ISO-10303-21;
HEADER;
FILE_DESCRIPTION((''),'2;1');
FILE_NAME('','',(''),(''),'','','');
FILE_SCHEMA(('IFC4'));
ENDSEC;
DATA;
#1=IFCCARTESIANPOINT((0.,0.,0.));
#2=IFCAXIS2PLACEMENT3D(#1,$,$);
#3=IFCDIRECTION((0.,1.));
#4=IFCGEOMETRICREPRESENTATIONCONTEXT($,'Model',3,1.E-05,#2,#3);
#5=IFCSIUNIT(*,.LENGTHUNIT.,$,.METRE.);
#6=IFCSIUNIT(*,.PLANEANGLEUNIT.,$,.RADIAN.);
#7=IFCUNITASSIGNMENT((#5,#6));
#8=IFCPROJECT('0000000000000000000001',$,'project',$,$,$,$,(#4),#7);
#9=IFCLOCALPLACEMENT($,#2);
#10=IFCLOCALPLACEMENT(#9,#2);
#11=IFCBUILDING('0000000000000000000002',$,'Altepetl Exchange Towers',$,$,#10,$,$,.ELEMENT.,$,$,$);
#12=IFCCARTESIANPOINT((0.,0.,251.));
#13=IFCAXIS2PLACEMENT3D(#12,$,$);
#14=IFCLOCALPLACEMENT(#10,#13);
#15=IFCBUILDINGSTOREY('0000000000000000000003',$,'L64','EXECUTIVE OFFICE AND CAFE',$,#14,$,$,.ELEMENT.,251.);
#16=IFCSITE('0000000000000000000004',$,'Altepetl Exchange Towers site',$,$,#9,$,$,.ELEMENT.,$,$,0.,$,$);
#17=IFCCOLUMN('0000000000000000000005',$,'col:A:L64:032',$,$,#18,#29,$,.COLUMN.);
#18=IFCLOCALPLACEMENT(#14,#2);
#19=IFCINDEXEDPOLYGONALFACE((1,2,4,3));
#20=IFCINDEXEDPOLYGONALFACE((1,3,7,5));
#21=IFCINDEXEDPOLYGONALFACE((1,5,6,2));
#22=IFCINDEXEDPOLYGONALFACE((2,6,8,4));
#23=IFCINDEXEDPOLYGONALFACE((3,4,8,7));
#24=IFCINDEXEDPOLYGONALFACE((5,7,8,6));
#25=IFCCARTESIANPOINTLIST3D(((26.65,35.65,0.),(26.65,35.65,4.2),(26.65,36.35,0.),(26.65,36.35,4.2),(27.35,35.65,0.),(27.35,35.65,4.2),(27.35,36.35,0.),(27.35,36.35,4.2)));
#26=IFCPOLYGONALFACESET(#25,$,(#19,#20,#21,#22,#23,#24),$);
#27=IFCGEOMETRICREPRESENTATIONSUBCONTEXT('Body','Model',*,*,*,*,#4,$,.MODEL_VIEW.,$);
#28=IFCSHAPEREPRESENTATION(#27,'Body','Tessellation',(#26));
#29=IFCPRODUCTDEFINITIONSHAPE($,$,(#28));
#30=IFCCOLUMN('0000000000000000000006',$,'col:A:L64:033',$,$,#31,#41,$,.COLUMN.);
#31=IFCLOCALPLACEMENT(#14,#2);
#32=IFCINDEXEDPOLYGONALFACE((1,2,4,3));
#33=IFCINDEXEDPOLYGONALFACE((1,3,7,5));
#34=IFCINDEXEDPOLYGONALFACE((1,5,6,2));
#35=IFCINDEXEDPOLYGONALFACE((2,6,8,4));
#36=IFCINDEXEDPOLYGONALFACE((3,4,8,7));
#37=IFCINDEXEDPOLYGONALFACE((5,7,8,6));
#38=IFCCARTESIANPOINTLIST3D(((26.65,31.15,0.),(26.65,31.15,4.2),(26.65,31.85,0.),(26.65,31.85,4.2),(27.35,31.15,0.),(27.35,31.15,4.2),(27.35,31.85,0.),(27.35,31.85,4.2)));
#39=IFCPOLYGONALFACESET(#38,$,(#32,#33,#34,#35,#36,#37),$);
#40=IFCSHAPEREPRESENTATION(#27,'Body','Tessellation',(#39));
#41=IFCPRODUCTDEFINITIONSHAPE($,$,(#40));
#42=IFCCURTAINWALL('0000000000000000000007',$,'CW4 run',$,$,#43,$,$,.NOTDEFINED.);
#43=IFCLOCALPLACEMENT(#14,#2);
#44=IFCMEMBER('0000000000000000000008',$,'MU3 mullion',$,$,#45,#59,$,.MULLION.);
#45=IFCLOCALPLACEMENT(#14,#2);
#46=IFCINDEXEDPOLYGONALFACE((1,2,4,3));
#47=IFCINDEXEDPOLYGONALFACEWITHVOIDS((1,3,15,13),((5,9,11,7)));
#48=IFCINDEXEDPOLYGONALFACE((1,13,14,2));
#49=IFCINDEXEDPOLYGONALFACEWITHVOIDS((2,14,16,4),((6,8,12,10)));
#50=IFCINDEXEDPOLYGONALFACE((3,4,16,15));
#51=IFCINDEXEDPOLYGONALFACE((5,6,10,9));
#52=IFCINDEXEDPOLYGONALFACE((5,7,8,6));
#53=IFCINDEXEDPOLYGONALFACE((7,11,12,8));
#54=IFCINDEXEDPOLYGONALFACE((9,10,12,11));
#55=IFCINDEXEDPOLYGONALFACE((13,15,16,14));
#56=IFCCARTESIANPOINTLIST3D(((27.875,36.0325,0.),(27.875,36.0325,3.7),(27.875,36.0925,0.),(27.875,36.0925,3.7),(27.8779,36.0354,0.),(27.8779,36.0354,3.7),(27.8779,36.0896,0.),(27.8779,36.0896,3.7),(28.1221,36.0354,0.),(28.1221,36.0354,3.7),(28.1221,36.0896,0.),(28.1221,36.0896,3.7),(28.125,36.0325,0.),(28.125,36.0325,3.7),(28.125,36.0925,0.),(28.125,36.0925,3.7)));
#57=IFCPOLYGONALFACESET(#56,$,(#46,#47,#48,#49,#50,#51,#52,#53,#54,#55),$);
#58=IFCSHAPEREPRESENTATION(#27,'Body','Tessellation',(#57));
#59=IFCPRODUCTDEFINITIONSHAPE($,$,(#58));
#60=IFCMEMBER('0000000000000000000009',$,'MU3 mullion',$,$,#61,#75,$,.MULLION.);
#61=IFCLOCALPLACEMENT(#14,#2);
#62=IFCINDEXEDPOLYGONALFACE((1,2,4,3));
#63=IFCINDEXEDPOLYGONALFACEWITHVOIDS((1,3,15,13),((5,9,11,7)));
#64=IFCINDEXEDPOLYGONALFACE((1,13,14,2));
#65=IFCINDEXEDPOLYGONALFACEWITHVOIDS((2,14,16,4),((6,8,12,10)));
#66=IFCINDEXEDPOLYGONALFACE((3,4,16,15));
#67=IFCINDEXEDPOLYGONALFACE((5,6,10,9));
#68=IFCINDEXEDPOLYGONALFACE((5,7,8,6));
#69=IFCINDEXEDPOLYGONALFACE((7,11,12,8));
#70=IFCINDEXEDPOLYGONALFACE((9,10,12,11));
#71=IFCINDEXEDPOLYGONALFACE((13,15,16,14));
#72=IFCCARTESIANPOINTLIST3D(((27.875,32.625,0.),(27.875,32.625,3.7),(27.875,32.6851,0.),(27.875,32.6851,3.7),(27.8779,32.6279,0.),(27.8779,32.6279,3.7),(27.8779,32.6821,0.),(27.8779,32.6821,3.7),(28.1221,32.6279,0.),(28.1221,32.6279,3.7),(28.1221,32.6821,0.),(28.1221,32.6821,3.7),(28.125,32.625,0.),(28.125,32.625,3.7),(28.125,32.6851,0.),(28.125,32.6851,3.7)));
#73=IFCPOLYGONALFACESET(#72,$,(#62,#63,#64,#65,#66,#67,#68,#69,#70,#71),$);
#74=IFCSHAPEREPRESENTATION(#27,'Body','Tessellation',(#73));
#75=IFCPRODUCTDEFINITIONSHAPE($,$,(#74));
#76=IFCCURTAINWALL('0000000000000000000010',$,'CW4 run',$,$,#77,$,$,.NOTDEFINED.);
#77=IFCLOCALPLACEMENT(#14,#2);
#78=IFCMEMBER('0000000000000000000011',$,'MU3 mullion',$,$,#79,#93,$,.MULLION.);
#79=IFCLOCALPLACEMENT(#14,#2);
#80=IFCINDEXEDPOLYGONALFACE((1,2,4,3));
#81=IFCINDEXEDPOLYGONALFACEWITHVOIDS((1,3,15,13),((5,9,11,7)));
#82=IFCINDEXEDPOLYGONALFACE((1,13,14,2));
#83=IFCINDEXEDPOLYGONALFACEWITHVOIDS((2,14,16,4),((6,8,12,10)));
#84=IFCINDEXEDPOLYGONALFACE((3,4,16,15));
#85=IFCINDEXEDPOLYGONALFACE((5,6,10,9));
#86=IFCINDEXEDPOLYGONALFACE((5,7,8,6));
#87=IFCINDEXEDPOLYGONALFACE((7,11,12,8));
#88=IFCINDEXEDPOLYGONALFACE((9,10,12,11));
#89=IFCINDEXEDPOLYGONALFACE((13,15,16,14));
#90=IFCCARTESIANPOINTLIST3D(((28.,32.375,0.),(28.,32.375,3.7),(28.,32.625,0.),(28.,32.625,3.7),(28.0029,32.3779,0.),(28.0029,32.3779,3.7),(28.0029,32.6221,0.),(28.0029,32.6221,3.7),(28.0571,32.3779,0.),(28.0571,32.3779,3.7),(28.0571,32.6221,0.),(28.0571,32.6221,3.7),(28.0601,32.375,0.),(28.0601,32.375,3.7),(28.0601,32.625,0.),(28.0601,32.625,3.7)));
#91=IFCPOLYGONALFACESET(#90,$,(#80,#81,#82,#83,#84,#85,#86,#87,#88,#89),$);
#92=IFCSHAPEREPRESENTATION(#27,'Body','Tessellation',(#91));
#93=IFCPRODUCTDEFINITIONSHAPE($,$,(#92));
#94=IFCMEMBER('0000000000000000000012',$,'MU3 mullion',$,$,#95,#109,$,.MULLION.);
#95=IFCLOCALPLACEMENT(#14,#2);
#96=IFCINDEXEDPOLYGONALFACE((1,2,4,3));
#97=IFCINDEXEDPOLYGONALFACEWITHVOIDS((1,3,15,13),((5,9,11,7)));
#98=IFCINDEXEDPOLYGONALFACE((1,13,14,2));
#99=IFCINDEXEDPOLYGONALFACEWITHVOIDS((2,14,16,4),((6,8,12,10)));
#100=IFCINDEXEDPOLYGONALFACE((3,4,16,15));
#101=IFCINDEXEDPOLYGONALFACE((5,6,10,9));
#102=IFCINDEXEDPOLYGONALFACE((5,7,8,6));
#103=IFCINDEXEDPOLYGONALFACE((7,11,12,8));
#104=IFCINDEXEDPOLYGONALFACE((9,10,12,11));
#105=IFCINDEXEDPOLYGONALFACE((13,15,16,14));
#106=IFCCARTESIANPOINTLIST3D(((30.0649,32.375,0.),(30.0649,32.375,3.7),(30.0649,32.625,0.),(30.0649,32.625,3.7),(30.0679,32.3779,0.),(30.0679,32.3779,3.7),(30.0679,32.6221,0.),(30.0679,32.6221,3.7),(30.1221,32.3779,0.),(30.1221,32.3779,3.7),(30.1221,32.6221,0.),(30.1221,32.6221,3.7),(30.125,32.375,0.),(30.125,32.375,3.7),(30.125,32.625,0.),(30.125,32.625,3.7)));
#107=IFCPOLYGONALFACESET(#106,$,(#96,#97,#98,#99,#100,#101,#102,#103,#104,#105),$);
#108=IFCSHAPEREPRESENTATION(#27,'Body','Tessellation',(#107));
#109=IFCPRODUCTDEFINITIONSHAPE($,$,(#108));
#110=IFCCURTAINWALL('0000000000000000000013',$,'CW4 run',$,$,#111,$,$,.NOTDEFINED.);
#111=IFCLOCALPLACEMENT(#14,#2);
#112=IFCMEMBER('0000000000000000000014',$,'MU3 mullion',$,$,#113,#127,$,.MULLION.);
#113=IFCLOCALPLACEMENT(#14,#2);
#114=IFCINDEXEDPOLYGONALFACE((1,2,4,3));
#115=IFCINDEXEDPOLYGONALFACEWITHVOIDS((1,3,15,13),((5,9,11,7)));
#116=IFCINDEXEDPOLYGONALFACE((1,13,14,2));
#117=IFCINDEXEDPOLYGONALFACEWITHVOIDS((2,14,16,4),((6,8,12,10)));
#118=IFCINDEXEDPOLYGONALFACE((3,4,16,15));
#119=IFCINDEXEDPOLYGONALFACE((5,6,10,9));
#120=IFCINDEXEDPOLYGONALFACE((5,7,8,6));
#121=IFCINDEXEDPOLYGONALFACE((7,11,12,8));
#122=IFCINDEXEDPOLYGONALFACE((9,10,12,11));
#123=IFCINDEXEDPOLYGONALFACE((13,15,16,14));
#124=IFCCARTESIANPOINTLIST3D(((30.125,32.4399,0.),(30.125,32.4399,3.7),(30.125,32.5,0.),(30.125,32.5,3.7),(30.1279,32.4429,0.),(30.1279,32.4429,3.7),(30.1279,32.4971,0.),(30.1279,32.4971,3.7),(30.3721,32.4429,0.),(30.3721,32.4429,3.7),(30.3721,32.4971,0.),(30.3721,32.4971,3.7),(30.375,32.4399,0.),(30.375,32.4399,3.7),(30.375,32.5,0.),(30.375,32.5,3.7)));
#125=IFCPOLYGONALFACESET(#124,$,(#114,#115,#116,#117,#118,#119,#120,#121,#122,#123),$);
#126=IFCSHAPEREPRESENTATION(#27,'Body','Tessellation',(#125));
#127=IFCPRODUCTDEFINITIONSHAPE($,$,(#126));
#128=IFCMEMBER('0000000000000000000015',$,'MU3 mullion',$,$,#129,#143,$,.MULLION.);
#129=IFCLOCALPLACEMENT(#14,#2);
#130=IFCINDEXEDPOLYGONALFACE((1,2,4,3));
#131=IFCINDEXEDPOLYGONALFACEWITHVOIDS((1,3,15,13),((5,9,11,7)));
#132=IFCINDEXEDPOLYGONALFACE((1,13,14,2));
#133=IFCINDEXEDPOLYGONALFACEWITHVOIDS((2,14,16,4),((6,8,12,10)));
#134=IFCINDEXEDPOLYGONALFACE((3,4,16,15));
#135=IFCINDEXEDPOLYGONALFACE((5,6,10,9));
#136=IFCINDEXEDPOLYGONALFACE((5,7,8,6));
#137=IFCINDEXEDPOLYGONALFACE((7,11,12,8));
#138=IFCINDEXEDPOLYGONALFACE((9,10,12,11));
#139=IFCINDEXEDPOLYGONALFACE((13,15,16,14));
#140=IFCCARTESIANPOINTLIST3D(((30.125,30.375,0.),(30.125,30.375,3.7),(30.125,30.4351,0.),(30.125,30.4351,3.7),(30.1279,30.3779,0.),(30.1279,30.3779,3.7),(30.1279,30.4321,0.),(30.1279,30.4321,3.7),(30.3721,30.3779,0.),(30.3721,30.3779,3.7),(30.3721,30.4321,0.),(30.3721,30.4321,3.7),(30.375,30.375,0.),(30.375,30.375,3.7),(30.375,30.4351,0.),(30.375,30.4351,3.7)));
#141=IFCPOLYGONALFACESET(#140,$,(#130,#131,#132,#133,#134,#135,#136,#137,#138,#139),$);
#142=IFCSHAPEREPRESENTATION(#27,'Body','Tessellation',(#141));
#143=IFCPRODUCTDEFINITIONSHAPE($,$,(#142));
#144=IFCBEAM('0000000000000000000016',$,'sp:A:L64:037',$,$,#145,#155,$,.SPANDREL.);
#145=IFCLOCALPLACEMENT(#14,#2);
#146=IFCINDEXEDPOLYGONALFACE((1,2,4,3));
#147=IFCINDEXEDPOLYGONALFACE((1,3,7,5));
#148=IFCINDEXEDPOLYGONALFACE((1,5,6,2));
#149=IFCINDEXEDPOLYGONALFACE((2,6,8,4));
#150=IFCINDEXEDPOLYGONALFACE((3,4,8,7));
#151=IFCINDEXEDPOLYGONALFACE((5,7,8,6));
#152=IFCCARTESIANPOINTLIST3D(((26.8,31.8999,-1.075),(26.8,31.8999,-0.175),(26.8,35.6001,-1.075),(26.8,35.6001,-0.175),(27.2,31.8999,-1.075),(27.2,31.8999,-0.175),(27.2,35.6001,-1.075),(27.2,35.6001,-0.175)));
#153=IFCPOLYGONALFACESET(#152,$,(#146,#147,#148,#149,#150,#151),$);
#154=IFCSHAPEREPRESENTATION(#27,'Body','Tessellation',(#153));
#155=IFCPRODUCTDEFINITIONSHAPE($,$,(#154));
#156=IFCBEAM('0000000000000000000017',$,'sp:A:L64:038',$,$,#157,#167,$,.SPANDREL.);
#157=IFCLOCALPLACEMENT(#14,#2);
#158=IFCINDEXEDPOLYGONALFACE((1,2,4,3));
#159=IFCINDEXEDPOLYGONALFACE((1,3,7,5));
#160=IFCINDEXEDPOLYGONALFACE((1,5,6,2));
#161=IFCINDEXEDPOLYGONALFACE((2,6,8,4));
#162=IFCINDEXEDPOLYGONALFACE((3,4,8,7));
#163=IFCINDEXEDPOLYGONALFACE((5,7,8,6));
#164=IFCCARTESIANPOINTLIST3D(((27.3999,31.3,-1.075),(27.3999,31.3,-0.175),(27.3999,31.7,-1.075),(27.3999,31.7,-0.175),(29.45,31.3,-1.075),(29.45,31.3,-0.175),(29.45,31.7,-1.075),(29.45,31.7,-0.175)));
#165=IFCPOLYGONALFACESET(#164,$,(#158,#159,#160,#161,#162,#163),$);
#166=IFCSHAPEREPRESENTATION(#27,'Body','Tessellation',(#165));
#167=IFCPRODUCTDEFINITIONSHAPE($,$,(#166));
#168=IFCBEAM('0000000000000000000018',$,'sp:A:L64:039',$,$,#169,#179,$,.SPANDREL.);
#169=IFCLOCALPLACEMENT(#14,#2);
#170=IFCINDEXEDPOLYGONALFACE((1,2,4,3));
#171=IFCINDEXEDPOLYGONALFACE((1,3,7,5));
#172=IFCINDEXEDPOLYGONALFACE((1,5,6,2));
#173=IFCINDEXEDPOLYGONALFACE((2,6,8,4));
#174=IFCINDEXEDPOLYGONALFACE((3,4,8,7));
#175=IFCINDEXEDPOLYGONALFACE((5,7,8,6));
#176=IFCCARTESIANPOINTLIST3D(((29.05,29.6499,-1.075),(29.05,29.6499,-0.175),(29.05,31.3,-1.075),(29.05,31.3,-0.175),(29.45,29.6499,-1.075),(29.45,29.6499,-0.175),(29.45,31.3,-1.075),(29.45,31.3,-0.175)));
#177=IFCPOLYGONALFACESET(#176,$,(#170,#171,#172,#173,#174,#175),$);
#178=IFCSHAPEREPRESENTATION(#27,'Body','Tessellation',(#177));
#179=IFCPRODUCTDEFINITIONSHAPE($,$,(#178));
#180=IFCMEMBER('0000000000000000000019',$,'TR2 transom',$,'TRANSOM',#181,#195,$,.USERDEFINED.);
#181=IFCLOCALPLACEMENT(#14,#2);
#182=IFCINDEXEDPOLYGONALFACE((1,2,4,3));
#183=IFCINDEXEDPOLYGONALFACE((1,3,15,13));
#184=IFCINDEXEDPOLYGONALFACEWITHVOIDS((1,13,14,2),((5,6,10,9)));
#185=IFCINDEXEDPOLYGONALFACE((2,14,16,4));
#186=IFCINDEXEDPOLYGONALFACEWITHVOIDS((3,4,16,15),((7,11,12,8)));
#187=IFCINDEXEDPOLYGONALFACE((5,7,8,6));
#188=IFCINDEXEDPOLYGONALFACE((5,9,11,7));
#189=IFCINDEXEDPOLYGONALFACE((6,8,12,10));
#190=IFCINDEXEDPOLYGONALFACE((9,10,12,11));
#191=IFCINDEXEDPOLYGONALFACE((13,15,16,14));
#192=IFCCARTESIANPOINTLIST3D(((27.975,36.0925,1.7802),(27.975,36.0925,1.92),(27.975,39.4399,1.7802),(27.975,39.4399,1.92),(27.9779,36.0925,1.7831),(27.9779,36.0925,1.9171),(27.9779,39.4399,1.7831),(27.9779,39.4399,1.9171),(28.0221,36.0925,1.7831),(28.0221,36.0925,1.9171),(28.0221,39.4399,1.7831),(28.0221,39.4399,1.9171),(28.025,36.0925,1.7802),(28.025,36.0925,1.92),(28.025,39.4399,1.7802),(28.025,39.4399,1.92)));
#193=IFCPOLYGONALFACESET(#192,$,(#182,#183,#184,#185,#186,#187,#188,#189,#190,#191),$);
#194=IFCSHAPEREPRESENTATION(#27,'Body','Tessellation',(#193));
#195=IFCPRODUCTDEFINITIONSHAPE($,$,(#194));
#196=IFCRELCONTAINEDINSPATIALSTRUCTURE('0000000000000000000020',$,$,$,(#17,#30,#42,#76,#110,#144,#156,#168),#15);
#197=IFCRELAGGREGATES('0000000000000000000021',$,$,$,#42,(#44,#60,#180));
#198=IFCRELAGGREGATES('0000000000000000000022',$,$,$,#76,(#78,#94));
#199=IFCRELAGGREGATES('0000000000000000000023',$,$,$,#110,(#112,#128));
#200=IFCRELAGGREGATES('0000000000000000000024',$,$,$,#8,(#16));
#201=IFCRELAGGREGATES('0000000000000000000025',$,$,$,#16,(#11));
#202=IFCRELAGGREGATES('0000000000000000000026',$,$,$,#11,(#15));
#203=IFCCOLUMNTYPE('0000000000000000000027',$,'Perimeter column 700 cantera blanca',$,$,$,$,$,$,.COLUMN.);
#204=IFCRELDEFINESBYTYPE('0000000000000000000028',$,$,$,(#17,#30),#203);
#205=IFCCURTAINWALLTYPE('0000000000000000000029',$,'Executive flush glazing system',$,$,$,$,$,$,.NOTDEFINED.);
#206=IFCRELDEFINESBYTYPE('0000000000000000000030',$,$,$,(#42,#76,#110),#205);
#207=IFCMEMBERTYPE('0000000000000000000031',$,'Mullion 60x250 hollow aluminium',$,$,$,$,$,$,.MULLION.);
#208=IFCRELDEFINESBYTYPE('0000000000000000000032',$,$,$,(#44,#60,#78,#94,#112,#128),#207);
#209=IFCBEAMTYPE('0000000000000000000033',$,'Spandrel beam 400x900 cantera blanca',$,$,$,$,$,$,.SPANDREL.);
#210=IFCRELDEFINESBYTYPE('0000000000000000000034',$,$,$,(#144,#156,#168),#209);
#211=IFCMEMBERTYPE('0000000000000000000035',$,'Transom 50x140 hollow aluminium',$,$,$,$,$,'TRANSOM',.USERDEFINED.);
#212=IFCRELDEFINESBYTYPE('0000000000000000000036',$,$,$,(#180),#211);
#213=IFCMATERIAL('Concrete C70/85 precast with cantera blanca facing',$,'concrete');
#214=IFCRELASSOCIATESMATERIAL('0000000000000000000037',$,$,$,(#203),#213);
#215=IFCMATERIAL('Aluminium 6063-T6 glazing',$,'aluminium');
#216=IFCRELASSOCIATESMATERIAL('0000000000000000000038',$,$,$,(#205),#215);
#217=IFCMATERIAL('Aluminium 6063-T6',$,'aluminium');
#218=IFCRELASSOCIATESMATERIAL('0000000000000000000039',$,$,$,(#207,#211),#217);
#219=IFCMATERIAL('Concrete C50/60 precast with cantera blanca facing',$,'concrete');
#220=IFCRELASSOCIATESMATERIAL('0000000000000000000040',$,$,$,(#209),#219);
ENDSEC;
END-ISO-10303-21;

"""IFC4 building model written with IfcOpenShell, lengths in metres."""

from ifc_helpers import new_model, si_unit, direction, frame, origin, origin_2d, place, context, subcontext, project, spatial, rectangle, hollow_rectangle, extrude, material, material_profile, profile_set, type_object, element, aggregate, save


model = new_model("IFC4")

# Units and contexts
model_context = context("Model", 3, precision=1e-05, world=origin(), true_north=direction((0.0, 1.0)))
body_context = subcontext(model_context, "Body", "Model", "MODEL_VIEW")
ifc_project = project(units=[si_unit("LENGTHUNIT", "METRE"), si_unit("PLANEANGLEUNIT", "RADIAN")], contexts=[model_context])

# Site, building, storey
site_placement = place(None, origin())
site = spatial("IfcSite", under=ifc_project, at=site_placement, Name="Altepetl Exchange Towers site", CompositionType="ELEMENT", RefElevation=0.0)
building_placement = place(site_placement, origin())
building = spatial("IfcBuilding", under=site, at=building_placement, Name="Altepetl Exchange Towers", CompositionType="ELEMENT")
storey_placement = place(building_placement, frame((0.0, 0.0, 251.0)))
storey = spatial("IfcBuildingStorey", under=building, at=storey_placement, Name="L64", Description="EXECUTIVE OFFICE AND CAFE", CompositionType="ELEMENT", Elevation=251.0)

# Columns
ifc_material_1 = material(Name="Concrete C70/85 precast with cantera blanca facing", Category="concrete")
ifc_material_profile_1 = material_profile(ifc_material_1, rectangle(XDim=0.7, YDim=0.7, at=origin_2d()), Name="700 x 700")
ifc_profile_set_1 = profile_set([ifc_material_profile_1], Name="Concrete C70/85 precast with cantera blanca facing")
column_type = type_object("IfcColumnType", Name="Perimeter column 700 cantera blanca", PredefinedType="COLUMN", material=ifc_profile_set_1)
for number, where, name in (
    (1, (27.0, 36.0, 0.0), "col:A:L64:032"),
    (2, (27.0, 31.5, 0.0), "col:A:L64:033"),
):
    element("IfcColumn", number, at=place(storey_placement, frame(where)), inside=storey, type_object=column_type, Name=name, PredefinedType="COLUMN", context=body_context, shape_type="SweptSolid", body=[
        extrude(rectangle(XDim=0.7, YDim=0.7, at=origin_2d()), origin(), (0.0, 0.0, 1.0), 4.2),
    ])

# Curtain walls, members
ifc_material_2 = material(Name="Aluminium 6063-T6 glazing", Category="aluminium")
curtain_wall_type = type_object("IfcCurtainWallType", Name="Executive flush glazing system", PredefinedType="NOTDEFINED", material=ifc_material_2)
curtain_wall_1_placement = place(storey_placement, origin())
curtain_wall_1 = element("IfcCurtainWall", 3, at=curtain_wall_1_placement, inside=storey, type_object=curtain_wall_type, Name="CW4 run", PredefinedType="NOTDEFINED")
ifc_material_3 = material(Name="Aluminium 6063-T6", Category="aluminium")
ifc_material_profile_2 = material_profile(ifc_material_3, hollow_rectangle(XDim=0.0601, YDim=0.25, WallThickness=0.0029, at=origin_2d()), Name="Mullion 60x250 hollow aluminium")
ifc_profile_set_2 = profile_set([ifc_material_profile_2], Name="Aluminium 6063-T6")
member_type_1 = type_object("IfcMemberType", Name="Mullion 60x250 hollow aluminium", PredefinedType="MULLION", material=ifc_profile_set_2)
member_1_placement = place(storey_placement, frame((28.0, 36.0625, 0.0), z_axis=(0.0, 0.0, 1.0), x_axis=(0.0, -1.0, 0.0)))
member_1 = element("IfcMember", 4, at=member_1_placement, type_object=member_type_1, Name="MU3 mullion", PredefinedType="MULLION", context=body_context, shape_type="SweptSolid", body=[
    extrude(hollow_rectangle(XDim=0.0601, YDim=0.25, WallThickness=0.0029, at=origin_2d()), origin(), (0.0, 0.0, 1.0), 3.7),
])
member_2_placement = place(storey_placement, frame((28.0, 32.655, 0.0), z_axis=(0.0, 0.0, 1.0), x_axis=(0.0, -1.0, 0.0)))
member_2 = element("IfcMember", 5, at=member_2_placement, type_object=member_type_1, Name="MU3 mullion", PredefinedType="MULLION", context=body_context, shape_type="SweptSolid", body=[
    extrude(hollow_rectangle(XDim=0.0601, YDim=0.25, WallThickness=0.0029, at=origin_2d()), origin(), (0.0, 0.0, 1.0), 3.7),
])
curtain_wall_2_placement = place(storey_placement, origin())
curtain_wall_2 = element("IfcCurtainWall", 6, at=curtain_wall_2_placement, inside=storey, type_object=curtain_wall_type, Name="CW4 run", PredefinedType="NOTDEFINED")
member_3_placement = place(storey_placement, frame((28.03, 32.5, 0.0)))
member_3 = element("IfcMember", 7, at=member_3_placement, type_object=member_type_1, Name="MU3 mullion", PredefinedType="MULLION", context=body_context, shape_type="SweptSolid", body=[
    extrude(hollow_rectangle(XDim=0.0601, YDim=0.25, WallThickness=0.0029, at=origin_2d()), origin(), (0.0, 0.0, 1.0), 3.7),
])
member_4_placement = place(storey_placement, frame((30.095, 32.5, 0.0)))
member_4 = element("IfcMember", 8, at=member_4_placement, type_object=member_type_1, Name="MU3 mullion", PredefinedType="MULLION", context=body_context, shape_type="SweptSolid", body=[
    extrude(hollow_rectangle(XDim=0.0601, YDim=0.25, WallThickness=0.0029, at=origin_2d()), origin(), (0.0, 0.0, 1.0), 3.7),
])
curtain_wall_3_placement = place(storey_placement, origin())
curtain_wall_3 = element("IfcCurtainWall", 9, at=curtain_wall_3_placement, inside=storey, type_object=curtain_wall_type, Name="CW4 run", PredefinedType="NOTDEFINED")
member_5_placement = place(storey_placement, frame((30.25, 32.47, 0.0), z_axis=(0.0, 0.0, 1.0), x_axis=(0.0, -1.0, 0.0)))
member_5 = element("IfcMember", 10, at=member_5_placement, type_object=member_type_1, Name="MU3 mullion", PredefinedType="MULLION", context=body_context, shape_type="SweptSolid", body=[
    extrude(hollow_rectangle(XDim=0.0601, YDim=0.25, WallThickness=0.0029, at=origin_2d()), origin(), (0.0, 0.0, 1.0), 3.7),
])
member_6_placement = place(storey_placement, frame((30.25, 30.405, 0.0), z_axis=(0.0, 0.0, 1.0), x_axis=(0.0, -1.0, 0.0)))
member_6 = element("IfcMember", 11, at=member_6_placement, type_object=member_type_1, Name="MU3 mullion", PredefinedType="MULLION", context=body_context, shape_type="SweptSolid", body=[
    extrude(hollow_rectangle(XDim=0.0601, YDim=0.25, WallThickness=0.0029, at=origin_2d()), origin(), (0.0, 0.0, 1.0), 3.7),
])

# Beams
ifc_material_4 = material(Name="Concrete C50/60 precast with cantera blanca facing", Category="concrete")
ifc_material_profile_3 = material_profile(ifc_material_4, rectangle(XDim=0.3999, YDim=0.8999, at=origin_2d()), Name="400 x 900")
ifc_profile_set_3 = profile_set([ifc_material_profile_3], Name="Concrete C50/60 precast with cantera blanca facing")
beam_type = type_object("IfcBeamType", Name="Spandrel beam 400x900 cantera blanca", PredefinedType="SPANDREL", material=ifc_profile_set_3)
beam_1_placement = place(storey_placement, frame((27.0, 35.6001, -0.625), z_axis=(0.0, -1.0, 0.0), x_axis=(1.0, 0.0, 0.0)))
element("IfcBeam", 12, at=beam_1_placement, inside=storey, type_object=beam_type, Name="sp:A:L64:037", PredefinedType="SPANDREL", context=body_context, shape_type="SweptSolid", body=[
    extrude(rectangle(XDim=0.3999, YDim=0.8999, at=origin_2d()), origin(), (0.0, 0.0, 1.0), 3.7002),
])
beam_2_placement = place(storey_placement, frame((27.3999, 31.5, -0.625), z_axis=(1.0, 0.0, 0.0), x_axis=(0.0, 1.0, 0.0)))
element("IfcBeam", 13, at=beam_2_placement, inside=storey, type_object=beam_type, Name="sp:A:L64:038", PredefinedType="SPANDREL", context=body_context, shape_type="SweptSolid", body=[
    extrude(rectangle(XDim=0.3999, YDim=0.8999, at=origin_2d()), origin(), (0.0, 0.0, 1.0), 2.05),
])
beam_3_placement = place(storey_placement, frame((29.25, 31.3, -0.625), z_axis=(0.0, -1.0, 0.0), x_axis=(1.0, 0.0, 0.0)))
element("IfcBeam", 14, at=beam_3_placement, inside=storey, type_object=beam_type, Name="sp:A:L64:039", PredefinedType="SPANDREL", context=body_context, shape_type="SweptSolid", body=[
    extrude(rectangle(XDim=0.3999, YDim=0.8999, at=origin_2d()), origin(), (0.0, 0.0, 1.0), 1.6501),
])

# Member
ifc_material_profile_4 = material_profile(ifc_material_3, hollow_rectangle(XDim=0.05, YDim=0.1399, WallThickness=0.0029, at=origin_2d()), Name="Transom 50x140 hollow aluminium")
ifc_profile_set_4 = profile_set([ifc_material_profile_4], Name="Aluminium 6063-T6")
member_type_2 = type_object("IfcMemberType", Name="Transom 50x140 hollow aluminium", ElementType="TRANSOM", PredefinedType="USERDEFINED", material=ifc_profile_set_4)
member_7_placement = place(storey_placement, frame((28.0, 39.4399, 1.8501), z_axis=(0.0, -1.0, 0.0), x_axis=(1.0, 0.0, 0.0)))
member_7 = element("IfcMember", 15, at=member_7_placement, type_object=member_type_2, Name="TR2 transom", ObjectType="TRANSOM", PredefinedType="USERDEFINED", context=body_context, shape_type="SweptSolid", body=[
    extrude(hollow_rectangle(XDim=0.05, YDim=0.1399, WallThickness=0.0029, at=origin_2d()), origin(), (0.0, 0.0, 1.0), 3.3474),
])

aggregate(curtain_wall_1, [member_1, member_2, member_7])
aggregate(curtain_wall_2, [member_3, member_4])
aggregate(curtain_wall_3, [member_5, member_6])

save(model, "model.ifc")
